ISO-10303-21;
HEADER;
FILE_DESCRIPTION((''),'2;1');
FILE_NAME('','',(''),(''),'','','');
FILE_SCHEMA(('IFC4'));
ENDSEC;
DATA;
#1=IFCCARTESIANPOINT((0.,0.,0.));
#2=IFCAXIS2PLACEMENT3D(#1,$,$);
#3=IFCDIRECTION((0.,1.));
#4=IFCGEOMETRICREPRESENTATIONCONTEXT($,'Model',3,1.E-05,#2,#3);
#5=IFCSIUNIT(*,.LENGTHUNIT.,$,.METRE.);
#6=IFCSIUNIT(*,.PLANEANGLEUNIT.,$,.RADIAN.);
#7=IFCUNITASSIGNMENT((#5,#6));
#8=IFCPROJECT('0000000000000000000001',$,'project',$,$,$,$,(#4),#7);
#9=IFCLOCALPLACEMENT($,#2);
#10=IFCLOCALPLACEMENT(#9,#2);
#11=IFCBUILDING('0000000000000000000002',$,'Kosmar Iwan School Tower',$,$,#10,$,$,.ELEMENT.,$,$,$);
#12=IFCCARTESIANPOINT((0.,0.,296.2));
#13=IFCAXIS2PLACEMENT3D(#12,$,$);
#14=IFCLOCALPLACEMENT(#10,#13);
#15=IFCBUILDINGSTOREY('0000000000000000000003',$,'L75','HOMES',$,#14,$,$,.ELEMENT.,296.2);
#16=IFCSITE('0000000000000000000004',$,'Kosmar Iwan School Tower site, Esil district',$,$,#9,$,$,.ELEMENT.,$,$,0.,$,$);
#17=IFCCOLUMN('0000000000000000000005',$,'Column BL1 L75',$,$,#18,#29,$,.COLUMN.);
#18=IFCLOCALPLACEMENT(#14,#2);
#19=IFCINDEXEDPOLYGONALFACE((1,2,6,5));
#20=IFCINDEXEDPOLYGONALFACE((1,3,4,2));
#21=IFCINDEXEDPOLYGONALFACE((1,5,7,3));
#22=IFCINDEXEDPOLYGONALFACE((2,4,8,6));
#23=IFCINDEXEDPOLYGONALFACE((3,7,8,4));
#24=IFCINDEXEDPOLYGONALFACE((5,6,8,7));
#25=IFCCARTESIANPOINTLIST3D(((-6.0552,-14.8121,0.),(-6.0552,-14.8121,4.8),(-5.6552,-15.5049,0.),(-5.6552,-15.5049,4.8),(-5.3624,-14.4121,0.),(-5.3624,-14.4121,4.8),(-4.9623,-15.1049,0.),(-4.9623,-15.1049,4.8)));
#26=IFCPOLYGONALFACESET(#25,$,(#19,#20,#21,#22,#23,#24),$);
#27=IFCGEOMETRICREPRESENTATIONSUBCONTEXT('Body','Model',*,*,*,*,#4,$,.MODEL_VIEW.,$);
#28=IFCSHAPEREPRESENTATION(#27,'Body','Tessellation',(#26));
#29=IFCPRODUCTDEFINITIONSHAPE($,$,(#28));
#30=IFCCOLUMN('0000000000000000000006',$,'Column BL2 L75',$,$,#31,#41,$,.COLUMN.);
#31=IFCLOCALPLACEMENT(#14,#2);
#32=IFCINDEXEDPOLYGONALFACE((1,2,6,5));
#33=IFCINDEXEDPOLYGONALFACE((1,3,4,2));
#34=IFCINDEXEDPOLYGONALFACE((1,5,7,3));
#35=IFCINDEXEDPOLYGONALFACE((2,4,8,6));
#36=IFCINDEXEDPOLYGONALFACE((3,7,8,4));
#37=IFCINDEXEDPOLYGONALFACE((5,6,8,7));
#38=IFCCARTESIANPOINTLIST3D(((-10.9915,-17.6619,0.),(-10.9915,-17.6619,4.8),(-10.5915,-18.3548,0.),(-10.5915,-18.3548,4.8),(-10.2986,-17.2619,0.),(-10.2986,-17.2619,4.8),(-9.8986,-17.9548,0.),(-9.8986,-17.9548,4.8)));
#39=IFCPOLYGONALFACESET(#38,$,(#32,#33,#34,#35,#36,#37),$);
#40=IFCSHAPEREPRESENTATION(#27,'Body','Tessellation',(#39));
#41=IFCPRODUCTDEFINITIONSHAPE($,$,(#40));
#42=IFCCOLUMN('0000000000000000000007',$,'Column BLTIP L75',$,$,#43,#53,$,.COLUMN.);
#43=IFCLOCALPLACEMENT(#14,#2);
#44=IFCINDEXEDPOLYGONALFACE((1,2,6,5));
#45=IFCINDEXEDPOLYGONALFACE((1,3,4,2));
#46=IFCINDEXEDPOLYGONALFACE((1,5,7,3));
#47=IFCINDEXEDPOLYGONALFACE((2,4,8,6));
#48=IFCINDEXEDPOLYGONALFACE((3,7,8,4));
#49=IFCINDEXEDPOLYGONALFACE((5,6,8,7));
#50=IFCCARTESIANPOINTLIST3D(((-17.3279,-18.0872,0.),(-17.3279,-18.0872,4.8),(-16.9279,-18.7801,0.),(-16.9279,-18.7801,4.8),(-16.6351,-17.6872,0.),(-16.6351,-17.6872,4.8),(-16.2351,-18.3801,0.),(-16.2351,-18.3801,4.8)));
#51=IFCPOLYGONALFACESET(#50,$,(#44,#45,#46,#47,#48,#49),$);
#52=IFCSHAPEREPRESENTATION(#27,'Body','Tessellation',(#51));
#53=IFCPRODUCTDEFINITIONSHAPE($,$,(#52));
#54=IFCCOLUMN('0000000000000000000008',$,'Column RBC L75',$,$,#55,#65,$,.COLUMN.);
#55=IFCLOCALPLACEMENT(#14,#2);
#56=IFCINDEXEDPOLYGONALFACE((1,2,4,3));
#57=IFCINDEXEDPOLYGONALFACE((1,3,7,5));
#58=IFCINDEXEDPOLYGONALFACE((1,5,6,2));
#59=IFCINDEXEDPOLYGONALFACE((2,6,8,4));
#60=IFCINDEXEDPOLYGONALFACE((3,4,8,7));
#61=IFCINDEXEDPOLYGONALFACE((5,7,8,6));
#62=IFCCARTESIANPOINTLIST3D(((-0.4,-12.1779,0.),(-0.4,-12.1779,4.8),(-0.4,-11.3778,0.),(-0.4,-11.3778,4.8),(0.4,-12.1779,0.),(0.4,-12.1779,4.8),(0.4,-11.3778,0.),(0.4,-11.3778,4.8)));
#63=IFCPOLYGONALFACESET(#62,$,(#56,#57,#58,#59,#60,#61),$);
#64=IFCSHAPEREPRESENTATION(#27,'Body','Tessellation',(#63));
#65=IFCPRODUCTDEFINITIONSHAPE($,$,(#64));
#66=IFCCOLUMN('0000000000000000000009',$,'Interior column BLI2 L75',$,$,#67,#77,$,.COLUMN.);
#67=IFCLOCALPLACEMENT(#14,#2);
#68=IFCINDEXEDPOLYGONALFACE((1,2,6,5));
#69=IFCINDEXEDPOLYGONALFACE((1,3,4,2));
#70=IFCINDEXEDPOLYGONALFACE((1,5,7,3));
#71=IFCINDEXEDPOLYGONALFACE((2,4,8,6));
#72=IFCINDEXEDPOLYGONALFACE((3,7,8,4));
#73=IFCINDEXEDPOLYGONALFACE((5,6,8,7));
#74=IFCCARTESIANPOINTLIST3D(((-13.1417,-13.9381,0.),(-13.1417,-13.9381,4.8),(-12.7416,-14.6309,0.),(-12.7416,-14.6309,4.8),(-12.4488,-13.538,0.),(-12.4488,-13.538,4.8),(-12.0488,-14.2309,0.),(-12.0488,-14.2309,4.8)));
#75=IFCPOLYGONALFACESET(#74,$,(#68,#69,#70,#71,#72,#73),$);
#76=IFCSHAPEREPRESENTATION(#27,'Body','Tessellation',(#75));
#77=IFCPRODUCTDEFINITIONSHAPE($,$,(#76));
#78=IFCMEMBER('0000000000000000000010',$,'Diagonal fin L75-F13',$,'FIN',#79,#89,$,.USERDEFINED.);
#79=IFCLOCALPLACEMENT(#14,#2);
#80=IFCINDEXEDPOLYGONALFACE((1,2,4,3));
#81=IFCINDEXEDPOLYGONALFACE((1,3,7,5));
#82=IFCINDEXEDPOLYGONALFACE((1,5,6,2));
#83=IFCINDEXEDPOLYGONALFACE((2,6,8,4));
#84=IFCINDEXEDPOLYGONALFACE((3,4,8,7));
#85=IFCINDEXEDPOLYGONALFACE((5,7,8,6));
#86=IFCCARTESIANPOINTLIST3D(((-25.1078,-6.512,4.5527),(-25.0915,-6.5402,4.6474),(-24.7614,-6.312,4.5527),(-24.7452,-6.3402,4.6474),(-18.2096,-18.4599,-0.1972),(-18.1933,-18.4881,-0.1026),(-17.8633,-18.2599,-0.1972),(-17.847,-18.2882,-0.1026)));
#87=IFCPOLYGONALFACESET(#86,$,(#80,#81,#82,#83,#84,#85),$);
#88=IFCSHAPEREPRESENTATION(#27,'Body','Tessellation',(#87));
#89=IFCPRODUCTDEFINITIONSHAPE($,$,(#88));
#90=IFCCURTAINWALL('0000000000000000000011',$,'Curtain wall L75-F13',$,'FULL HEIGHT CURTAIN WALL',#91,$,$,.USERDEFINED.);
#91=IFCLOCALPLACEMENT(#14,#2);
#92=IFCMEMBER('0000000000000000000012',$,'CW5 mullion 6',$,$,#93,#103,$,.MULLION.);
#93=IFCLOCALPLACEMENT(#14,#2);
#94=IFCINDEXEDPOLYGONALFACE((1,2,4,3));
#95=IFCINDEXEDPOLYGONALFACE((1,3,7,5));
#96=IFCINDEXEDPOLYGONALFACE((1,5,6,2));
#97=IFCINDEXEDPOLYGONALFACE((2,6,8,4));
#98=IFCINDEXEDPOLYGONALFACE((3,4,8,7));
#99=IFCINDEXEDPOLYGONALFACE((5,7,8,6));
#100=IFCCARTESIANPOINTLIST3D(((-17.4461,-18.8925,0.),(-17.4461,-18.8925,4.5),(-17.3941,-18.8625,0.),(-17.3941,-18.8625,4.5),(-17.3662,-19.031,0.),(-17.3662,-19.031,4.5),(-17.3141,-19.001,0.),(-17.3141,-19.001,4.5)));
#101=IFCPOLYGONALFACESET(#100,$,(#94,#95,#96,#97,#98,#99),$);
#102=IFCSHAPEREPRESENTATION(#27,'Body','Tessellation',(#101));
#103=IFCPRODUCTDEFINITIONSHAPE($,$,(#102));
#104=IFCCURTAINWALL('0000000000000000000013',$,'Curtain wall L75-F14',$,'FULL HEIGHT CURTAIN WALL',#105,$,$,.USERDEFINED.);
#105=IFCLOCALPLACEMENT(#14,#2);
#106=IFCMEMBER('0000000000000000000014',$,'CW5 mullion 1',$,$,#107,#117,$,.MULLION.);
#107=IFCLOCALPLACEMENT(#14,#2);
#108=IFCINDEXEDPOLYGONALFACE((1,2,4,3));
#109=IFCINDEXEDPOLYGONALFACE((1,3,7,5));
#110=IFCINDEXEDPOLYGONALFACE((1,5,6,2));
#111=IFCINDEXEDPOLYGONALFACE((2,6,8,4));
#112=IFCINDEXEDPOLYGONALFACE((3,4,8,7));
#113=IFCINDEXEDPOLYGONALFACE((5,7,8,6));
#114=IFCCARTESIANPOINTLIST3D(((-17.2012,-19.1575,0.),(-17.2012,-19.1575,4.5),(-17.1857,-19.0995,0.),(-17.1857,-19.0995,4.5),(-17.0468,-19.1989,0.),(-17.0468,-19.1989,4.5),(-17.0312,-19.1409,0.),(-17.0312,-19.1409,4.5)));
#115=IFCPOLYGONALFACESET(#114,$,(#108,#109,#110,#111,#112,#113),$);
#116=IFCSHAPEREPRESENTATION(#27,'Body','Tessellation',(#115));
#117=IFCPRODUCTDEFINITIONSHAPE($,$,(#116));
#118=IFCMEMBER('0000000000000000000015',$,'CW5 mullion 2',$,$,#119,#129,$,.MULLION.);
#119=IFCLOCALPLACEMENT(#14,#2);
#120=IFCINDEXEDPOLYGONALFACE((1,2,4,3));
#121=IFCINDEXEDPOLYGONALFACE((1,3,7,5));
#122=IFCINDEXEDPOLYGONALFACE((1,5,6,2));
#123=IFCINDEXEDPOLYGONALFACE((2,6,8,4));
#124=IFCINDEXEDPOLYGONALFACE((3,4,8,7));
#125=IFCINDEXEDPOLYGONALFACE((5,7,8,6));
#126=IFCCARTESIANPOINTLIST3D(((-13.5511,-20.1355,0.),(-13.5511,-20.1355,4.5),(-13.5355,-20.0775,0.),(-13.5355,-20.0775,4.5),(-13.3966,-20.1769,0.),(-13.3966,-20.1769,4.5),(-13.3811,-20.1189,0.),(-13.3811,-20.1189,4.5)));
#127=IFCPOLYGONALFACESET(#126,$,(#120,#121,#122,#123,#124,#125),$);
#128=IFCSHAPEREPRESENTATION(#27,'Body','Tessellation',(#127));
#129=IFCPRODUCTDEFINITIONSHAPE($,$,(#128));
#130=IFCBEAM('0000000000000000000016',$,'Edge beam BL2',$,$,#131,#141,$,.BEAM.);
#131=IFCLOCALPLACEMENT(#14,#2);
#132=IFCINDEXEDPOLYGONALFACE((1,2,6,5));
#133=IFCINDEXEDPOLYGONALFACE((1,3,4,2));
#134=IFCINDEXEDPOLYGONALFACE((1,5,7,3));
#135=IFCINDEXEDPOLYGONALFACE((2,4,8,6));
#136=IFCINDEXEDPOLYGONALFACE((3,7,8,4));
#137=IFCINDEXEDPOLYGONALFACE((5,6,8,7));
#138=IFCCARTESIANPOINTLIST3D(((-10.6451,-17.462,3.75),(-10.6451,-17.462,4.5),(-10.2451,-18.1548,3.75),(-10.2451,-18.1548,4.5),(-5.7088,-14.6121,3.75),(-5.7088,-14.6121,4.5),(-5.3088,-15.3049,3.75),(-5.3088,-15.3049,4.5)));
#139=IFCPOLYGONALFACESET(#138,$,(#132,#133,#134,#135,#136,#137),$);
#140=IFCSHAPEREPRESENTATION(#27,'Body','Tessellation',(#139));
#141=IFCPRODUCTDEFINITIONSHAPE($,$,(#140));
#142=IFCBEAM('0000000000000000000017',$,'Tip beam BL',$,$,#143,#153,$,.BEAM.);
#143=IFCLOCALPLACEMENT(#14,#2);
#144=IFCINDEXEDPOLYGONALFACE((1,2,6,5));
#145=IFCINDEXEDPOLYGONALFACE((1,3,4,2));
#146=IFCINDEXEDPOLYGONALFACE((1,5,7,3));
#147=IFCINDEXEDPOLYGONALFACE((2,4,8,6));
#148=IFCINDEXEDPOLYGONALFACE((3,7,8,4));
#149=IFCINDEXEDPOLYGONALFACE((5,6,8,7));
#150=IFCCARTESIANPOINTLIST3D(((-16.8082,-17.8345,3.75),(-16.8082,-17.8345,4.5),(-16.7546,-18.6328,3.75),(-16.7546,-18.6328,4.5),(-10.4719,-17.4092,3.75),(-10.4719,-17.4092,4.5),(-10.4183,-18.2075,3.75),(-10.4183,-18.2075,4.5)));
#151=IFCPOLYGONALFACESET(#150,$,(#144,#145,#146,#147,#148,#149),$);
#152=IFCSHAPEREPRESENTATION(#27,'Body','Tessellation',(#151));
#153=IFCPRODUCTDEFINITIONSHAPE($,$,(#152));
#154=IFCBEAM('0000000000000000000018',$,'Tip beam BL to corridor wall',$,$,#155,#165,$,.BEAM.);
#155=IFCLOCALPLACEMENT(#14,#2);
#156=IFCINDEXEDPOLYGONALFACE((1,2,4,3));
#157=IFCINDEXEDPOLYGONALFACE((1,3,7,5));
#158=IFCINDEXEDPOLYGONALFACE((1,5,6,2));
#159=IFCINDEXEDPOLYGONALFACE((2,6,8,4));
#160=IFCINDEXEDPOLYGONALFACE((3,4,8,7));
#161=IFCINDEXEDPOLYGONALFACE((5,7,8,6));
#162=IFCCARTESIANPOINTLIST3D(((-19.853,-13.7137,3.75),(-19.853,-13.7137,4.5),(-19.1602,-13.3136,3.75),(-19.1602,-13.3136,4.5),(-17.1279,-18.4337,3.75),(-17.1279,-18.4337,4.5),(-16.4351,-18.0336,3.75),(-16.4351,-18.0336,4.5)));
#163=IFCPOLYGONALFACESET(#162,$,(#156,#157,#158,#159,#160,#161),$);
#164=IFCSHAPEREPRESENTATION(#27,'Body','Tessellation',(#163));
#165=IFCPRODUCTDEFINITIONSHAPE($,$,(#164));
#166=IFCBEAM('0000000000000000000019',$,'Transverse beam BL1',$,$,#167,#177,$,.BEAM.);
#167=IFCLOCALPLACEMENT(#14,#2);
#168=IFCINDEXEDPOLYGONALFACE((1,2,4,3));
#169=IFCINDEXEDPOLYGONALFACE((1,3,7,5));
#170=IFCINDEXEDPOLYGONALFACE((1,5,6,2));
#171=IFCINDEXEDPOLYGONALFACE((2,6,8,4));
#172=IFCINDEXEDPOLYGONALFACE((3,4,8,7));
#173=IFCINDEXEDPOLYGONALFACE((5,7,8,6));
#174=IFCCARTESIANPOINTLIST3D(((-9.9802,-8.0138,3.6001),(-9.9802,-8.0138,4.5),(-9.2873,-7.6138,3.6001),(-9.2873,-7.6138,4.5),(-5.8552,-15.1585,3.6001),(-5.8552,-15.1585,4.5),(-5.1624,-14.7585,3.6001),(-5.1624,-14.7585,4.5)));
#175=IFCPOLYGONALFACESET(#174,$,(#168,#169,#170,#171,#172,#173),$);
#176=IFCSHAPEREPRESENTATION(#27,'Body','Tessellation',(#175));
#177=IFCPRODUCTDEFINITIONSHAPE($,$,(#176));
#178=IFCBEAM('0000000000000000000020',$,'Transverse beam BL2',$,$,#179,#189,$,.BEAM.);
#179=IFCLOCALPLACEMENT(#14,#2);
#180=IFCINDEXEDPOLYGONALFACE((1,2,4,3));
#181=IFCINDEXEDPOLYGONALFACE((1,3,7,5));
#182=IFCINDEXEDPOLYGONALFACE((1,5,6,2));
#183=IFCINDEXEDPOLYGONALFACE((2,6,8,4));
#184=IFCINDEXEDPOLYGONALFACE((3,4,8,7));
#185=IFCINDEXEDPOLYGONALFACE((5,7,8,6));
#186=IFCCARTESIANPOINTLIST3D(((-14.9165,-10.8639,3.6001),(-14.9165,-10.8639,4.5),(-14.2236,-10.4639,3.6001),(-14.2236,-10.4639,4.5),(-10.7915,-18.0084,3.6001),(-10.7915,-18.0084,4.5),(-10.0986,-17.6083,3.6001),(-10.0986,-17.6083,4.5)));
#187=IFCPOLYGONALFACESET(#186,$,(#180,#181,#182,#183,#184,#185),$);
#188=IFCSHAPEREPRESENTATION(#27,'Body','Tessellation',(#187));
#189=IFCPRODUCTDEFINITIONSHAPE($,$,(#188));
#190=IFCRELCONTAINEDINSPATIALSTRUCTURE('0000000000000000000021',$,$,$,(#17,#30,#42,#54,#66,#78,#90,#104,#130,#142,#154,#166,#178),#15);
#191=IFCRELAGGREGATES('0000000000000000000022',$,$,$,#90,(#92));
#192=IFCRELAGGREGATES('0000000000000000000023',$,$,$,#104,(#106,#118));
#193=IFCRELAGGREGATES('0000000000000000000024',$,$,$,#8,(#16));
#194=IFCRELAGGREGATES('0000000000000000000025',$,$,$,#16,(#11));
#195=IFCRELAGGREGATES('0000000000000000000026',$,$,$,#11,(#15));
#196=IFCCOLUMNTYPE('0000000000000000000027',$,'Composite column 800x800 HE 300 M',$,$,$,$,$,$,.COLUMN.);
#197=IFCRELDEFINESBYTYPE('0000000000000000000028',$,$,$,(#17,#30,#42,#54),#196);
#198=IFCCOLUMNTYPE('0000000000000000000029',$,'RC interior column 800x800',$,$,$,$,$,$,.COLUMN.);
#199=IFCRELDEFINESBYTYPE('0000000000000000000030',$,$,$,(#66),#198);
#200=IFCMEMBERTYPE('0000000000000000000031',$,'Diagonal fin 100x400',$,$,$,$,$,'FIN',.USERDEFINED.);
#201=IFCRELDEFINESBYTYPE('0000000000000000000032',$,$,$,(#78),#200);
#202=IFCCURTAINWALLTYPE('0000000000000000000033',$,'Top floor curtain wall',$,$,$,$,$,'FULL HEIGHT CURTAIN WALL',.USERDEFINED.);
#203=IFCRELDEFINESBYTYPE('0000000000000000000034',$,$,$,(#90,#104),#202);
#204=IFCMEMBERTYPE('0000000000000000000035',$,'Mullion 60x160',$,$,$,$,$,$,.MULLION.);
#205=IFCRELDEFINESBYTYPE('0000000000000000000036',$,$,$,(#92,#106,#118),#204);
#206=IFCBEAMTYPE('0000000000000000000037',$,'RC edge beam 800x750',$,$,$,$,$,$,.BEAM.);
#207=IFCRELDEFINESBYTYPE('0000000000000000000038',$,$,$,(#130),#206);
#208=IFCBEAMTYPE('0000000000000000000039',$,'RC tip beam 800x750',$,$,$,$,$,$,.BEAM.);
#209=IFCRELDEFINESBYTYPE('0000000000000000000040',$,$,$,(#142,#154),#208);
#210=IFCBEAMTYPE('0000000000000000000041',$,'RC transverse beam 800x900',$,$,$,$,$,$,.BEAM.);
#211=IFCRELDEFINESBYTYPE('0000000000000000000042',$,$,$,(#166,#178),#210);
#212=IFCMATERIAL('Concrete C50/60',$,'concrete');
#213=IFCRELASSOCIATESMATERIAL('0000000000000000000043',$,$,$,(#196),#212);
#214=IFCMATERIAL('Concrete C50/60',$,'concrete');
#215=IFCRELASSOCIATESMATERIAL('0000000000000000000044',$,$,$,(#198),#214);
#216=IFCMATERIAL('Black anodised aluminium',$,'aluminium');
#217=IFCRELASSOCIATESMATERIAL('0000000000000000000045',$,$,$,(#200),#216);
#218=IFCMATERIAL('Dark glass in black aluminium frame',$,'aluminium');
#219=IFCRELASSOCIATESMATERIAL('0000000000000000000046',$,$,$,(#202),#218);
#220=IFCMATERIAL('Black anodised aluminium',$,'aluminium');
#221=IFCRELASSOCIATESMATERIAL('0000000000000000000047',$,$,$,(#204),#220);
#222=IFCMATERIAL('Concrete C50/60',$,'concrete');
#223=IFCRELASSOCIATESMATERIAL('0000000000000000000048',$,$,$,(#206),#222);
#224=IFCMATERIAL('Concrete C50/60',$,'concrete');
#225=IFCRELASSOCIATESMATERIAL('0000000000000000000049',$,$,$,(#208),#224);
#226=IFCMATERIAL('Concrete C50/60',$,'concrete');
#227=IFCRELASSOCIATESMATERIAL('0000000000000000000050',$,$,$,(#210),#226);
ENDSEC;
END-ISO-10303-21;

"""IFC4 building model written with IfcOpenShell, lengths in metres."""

from ifc_helpers import new_model, si_unit, direction, frame, origin, origin_2d, place, context, subcontext, project, spatial, rectangle, extrude, material, material_profile, profile_set, type_object, element, aggregate, save


model = new_model("IFC4")

# Units and contexts
model_context = context("Model", 3, precision=1e-05, world=origin(), true_north=direction((0.0, 1.0)))
body_context = subcontext(model_context, "Body", "Model", "MODEL_VIEW")
ifc_project = project(units=[si_unit("LENGTHUNIT", "METRE"), si_unit("PLANEANGLEUNIT", "RADIAN")], contexts=[model_context])

# Site, building, storey
site_placement = place(None, origin())
site = spatial("IfcSite", under=ifc_project, at=site_placement, Name="Kosmar Iwan School Tower site, Esil district", CompositionType="ELEMENT", RefElevation=0.0)
building_placement = place(site_placement, origin())
building = spatial("IfcBuilding", under=site, at=building_placement, Name="Kosmar Iwan School Tower", CompositionType="ELEMENT")
storey_placement = place(building_placement, frame((0.0, 0.0, 296.2)))
storey = spatial("IfcBuildingStorey", under=building, at=storey_placement, Name="L75", Description="HOMES", CompositionType="ELEMENT", Elevation=296.2)

# Columns
ifc_material_1 = material(Name="Concrete C50/60", Category="concrete")
ifc_material_profile_1 = material_profile(ifc_material_1, rectangle(XDim=0.8, YDim=0.8, at=origin_2d()), Name="RC 800x800 + HE 300 M")
ifc_profile_set_1 = profile_set([ifc_material_profile_1], Name="Concrete C50/60")
column_type_1 = type_object("IfcColumnType", Name="Composite column 800x800 HE 300 M", PredefinedType="COLUMN", material=ifc_profile_set_1)
for number, where, z_axis, x_axis, name in (
    (1, (-5.5088, -14.9585, 0.0), (0.0, 0.0, 1.0), (-0.866025, -0.5, 0.0), "Column BL1 L75"),
    (2, (-10.4451, -17.8083, 0.0), (0.0, 0.0, 1.0), (-0.866025, -0.5, 0.0), "Column BL2 L75"),
    (3, (-16.7815, -18.2336, 0.0), (0.0, 0.0, 1.0), (-0.866025, -0.5, 0.0), "Column BLTIP L75"),
    (4, (0.0, -11.7778, 0.0), (0.0, 0.0, 1.0), (1.0, 0.0, 0.0), "Column RBC L75"),
):
    element("IfcColumn", number, at=place(storey_placement, frame(where, z_axis=z_axis, x_axis=x_axis)), inside=storey, type_object=column_type_1, Name=name, PredefinedType="COLUMN", context=body_context, shape_type="SweptSolid", body=[
        extrude(rectangle(XDim=0.8, YDim=0.8, at=origin_2d()), origin(), (0.0, 0.0, 1.0), 4.8),
    ])
ifc_material_2 = material(Name="Concrete C50/60", Category="concrete")
ifc_material_profile_2 = material_profile(ifc_material_2, rectangle(XDim=0.8, YDim=0.8, at=origin_2d()), Name="RC 800x800")
ifc_profile_set_2 = profile_set([ifc_material_profile_2], Name="Concrete C50/60")
column_type_2 = type_object("IfcColumnType", Name="RC interior column 800x800", PredefinedType="COLUMN", material=ifc_profile_set_2)
column_placement = place(storey_placement, frame((-12.5952, -14.0845, 0.0), z_axis=(0.0, 0.0, 1.0), x_axis=(-0.866025, -0.5, 0.0)))
element("IfcColumn", 5, at=column_placement, inside=storey, type_object=column_type_2, Name="Interior column BLI2 L75", PredefinedType="COLUMN", context=body_context, shape_type="SweptSolid", body=[
    extrude(rectangle(XDim=0.8, YDim=0.8, at=origin_2d()), origin(), (0.0, 0.0, 1.0), 4.8),
])

# Member
ifc_material_3 = material(Name="Black anodised aluminium", Category="aluminium")
ifc_material_profile_3 = material_profile(ifc_material_3, rectangle(XDim=0.1001, YDim=0.3999, at=origin_2d()), Name="FIN 100x400")
ifc_profile_set_3 = profile_set([ifc_material_profile_3], Name="Black anodised aluminium")
member_type_1 = type_object("IfcMemberType", Name="Diagonal fin 100x400", ElementType="FIN", PredefinedType="USERDEFINED", material=ifc_profile_set_3)
member_1_placement = place(storey_placement, frame((-18.0283, -18.374, -0.1499), z_axis=(-0.472765, 0.818851, 0.325539), x_axis=(0.16277, -0.281925, 0.945528)))
element("IfcMember", 6, at=member_1_placement, inside=storey, type_object=member_type_1, Name="Diagonal fin L75-F13", ObjectType="FIN", PredefinedType="USERDEFINED", context=body_context, shape_type="SweptSolid", body=[
    extrude(rectangle(XDim=0.1001, YDim=0.3999, at=origin_2d()), origin(), (0.0, 0.0, 1.0), 14.5911),
])

# Curtain wall, member
ifc_material_4 = material(Name="Dark glass in black aluminium frame", Category="aluminium")
curtain_wall_type = type_object("IfcCurtainWallType", Name="Top floor curtain wall", ElementType="FULL HEIGHT CURTAIN WALL", PredefinedType="USERDEFINED", material=ifc_material_4)
curtain_wall_1_placement = place(storey_placement, origin())
curtain_wall_1 = element("IfcCurtainWall", 7, at=curtain_wall_1_placement, inside=storey, type_object=curtain_wall_type, Name="Curtain wall L75-F13", ObjectType="FULL HEIGHT CURTAIN WALL", PredefinedType="USERDEFINED")
ifc_material_5 = material(Name="Black anodised aluminium", Category="aluminium")
ifc_material_profile_4 = material_profile(ifc_material_5, rectangle(XDim=0.0601, YDim=0.1599, at=origin_2d()), Name="MULLION 60x160")
ifc_profile_set_4 = profile_set([ifc_material_profile_4], Name="Black anodised aluminium")
member_type_2 = type_object("IfcMemberType", Name="Mullion 60x160", PredefinedType="MULLION", material=ifc_profile_set_4)
member_2_placement = place(storey_placement, frame((-17.3801, -18.9468, 0.0), z_axis=(0.0, 0.0, 1.0), x_axis=(0.866025, 0.5, 0.0)))
member_2 = element("IfcMember", 8, at=member_2_placement, type_object=member_type_2, Name="CW5 mullion 6", PredefinedType="MULLION", context=body_context, shape_type="SweptSolid", body=[
    extrude(rectangle(XDim=0.0601, YDim=0.1599, at=origin_2d()), origin(), (0.0, 0.0, 1.0), 4.5),
])
aggregate(curtain_wall_1, [member_2])

# Curtain wall, members
curtain_wall_2_placement = place(storey_placement, origin())
curtain_wall_2 = element("IfcCurtainWall", 9, at=curtain_wall_2_placement, inside=storey, type_object=curtain_wall_type, Name="Curtain wall L75-F14", ObjectType="FULL HEIGHT CURTAIN WALL", PredefinedType="USERDEFINED")
member_3_placement = place(storey_placement, frame((-17.1162, -19.1492, 0.0), z_axis=(0.0, 0.0, 1.0), x_axis=(0.258819, 0.965926, 0.0)))
member_3 = element("IfcMember", 10, at=member_3_placement, type_object=member_type_2, Name="CW5 mullion 1", PredefinedType="MULLION", context=body_context, shape_type="SweptSolid", body=[
    extrude(rectangle(XDim=0.0601, YDim=0.1599, at=origin_2d()), origin(), (0.0, 0.0, 1.0), 4.5),
])
member_4_placement = place(storey_placement, frame((-13.4661, -20.1272, 0.0), z_axis=(0.0, 0.0, 1.0), x_axis=(0.258819, 0.965926, 0.0)))
member_4 = element("IfcMember", 11, at=member_4_placement, type_object=member_type_2, Name="CW5 mullion 2", PredefinedType="MULLION", context=body_context, shape_type="SweptSolid", body=[
    extrude(rectangle(XDim=0.0601, YDim=0.1599, at=origin_2d()), origin(), (0.0, 0.0, 1.0), 4.5),
])

# Beams
ifc_material_6 = material(Name="Concrete C50/60", Category="concrete")
ifc_material_profile_5 = material_profile(ifc_material_6, rectangle(XDim=0.8, YDim=0.75, at=origin_2d()), Name="RC 800x750")
ifc_profile_set_5 = profile_set([ifc_material_profile_5], Name="Concrete C50/60")
beam_type_1 = type_object("IfcBeamType", Name="RC edge beam 800x750", PredefinedType="BEAM", material=ifc_profile_set_5)
beam_1_placement = place(storey_placement, frame((-5.5088, -14.9585, 4.125), z_axis=(-0.866034, -0.499986, 0.0), x_axis=(0.499986, -0.866034, 0.0)))
element("IfcBeam", 12, at=beam_1_placement, inside=storey, type_object=beam_type_1, Name="Edge beam BL2", PredefinedType="BEAM", context=body_context, shape_type="SweptSolid", body=[
    extrude(rectangle(XDim=0.8, YDim=0.75, at=origin_2d()), origin(), (0.0, 0.0, 1.0), 5.7),
])
ifc_material_7 = material(Name="Concrete C50/60", Category="concrete")
ifc_material_profile_6 = material_profile(ifc_material_7, rectangle(XDim=0.8, YDim=0.75, at=origin_2d()), Name="RC 800x750")
ifc_profile_set_6 = profile_set([ifc_material_profile_6], Name="Concrete C50/60")
beam_type_2 = type_object("IfcBeamType", Name="RC tip beam 800x750", PredefinedType="BEAM", material=ifc_profile_set_6)
beam_2_placement = place(storey_placement, frame((-10.4451, -17.8083, 4.125), z_axis=(-0.997755, -0.066968, 0.0), x_axis=(0.066968, -0.997755, 0.0)))
element("IfcBeam", 13, at=beam_2_placement, inside=storey, type_object=beam_type_2, Name="Tip beam BL", PredefinedType="BEAM", context=body_context, shape_type="SweptSolid", body=[
    extrude(rectangle(XDim=0.8, YDim=0.75, at=origin_2d()), origin(), (0.0, 0.0, 1.0), 6.3506),
])
beam_3_placement = place(storey_placement, frame((-16.7815, -18.2336, 4.125), z_axis=(-0.500003, 0.866024, 0.0), x_axis=(-0.866024, -0.500003, 0.0)))
element("IfcBeam", 14, at=beam_3_placement, inside=storey, type_object=beam_type_2, Name="Tip beam BL to corridor wall", PredefinedType="BEAM", context=body_context, shape_type="SweptSolid", body=[
    extrude(rectangle(XDim=0.8, YDim=0.75, at=origin_2d()), origin(), (0.0, 0.0, 1.0), 5.4502),
])
ifc_material_8 = material(Name="Concrete C50/60", Category="concrete")
ifc_material_profile_7 = material_profile(ifc_material_8, rectangle(XDim=0.8, YDim=0.8999, at=origin_2d()), Name="RC 800x900")
ifc_profile_set_7 = profile_set([ifc_material_profile_7], Name="Concrete C50/60")
beam_type_3 = type_object("IfcBeamType", Name="RC transverse beam 800x900", PredefinedType="BEAM", material=ifc_profile_set_7)
beam_4_placement = place(storey_placement, frame((-5.5088, -14.9585, 4.05), z_axis=(-0.499997, 0.866027, 0.0), x_axis=(-0.866027, -0.499997, 0.0)))
element("IfcBeam", 15, at=beam_4_placement, inside=storey, type_object=beam_type_3, Name="Transverse beam BL1", PredefinedType="BEAM", context=body_context, shape_type="SweptSolid", body=[
    extrude(rectangle(XDim=0.8, YDim=0.8999, at=origin_2d()), origin(), (0.0, 0.0, 1.0), 8.25),
])
beam_5_placement = place(storey_placement, frame((-10.4451, -17.8083, 4.05), z_axis=(-0.500009, 0.86602, 0.0), x_axis=(-0.86602, -0.500009, 0.0)))
element("IfcBeam", 16, at=beam_5_placement, inside=storey, type_object=beam_type_3, Name="Transverse beam BL2", PredefinedType="BEAM", context=body_context, shape_type="SweptSolid", body=[
    extrude(rectangle(XDim=0.8, YDim=0.8999, at=origin_2d()), origin(), (0.0, 0.0, 1.0), 8.2498),
])

aggregate(curtain_wall_2, [member_3, member_4])

save(model, "model.ifc")
